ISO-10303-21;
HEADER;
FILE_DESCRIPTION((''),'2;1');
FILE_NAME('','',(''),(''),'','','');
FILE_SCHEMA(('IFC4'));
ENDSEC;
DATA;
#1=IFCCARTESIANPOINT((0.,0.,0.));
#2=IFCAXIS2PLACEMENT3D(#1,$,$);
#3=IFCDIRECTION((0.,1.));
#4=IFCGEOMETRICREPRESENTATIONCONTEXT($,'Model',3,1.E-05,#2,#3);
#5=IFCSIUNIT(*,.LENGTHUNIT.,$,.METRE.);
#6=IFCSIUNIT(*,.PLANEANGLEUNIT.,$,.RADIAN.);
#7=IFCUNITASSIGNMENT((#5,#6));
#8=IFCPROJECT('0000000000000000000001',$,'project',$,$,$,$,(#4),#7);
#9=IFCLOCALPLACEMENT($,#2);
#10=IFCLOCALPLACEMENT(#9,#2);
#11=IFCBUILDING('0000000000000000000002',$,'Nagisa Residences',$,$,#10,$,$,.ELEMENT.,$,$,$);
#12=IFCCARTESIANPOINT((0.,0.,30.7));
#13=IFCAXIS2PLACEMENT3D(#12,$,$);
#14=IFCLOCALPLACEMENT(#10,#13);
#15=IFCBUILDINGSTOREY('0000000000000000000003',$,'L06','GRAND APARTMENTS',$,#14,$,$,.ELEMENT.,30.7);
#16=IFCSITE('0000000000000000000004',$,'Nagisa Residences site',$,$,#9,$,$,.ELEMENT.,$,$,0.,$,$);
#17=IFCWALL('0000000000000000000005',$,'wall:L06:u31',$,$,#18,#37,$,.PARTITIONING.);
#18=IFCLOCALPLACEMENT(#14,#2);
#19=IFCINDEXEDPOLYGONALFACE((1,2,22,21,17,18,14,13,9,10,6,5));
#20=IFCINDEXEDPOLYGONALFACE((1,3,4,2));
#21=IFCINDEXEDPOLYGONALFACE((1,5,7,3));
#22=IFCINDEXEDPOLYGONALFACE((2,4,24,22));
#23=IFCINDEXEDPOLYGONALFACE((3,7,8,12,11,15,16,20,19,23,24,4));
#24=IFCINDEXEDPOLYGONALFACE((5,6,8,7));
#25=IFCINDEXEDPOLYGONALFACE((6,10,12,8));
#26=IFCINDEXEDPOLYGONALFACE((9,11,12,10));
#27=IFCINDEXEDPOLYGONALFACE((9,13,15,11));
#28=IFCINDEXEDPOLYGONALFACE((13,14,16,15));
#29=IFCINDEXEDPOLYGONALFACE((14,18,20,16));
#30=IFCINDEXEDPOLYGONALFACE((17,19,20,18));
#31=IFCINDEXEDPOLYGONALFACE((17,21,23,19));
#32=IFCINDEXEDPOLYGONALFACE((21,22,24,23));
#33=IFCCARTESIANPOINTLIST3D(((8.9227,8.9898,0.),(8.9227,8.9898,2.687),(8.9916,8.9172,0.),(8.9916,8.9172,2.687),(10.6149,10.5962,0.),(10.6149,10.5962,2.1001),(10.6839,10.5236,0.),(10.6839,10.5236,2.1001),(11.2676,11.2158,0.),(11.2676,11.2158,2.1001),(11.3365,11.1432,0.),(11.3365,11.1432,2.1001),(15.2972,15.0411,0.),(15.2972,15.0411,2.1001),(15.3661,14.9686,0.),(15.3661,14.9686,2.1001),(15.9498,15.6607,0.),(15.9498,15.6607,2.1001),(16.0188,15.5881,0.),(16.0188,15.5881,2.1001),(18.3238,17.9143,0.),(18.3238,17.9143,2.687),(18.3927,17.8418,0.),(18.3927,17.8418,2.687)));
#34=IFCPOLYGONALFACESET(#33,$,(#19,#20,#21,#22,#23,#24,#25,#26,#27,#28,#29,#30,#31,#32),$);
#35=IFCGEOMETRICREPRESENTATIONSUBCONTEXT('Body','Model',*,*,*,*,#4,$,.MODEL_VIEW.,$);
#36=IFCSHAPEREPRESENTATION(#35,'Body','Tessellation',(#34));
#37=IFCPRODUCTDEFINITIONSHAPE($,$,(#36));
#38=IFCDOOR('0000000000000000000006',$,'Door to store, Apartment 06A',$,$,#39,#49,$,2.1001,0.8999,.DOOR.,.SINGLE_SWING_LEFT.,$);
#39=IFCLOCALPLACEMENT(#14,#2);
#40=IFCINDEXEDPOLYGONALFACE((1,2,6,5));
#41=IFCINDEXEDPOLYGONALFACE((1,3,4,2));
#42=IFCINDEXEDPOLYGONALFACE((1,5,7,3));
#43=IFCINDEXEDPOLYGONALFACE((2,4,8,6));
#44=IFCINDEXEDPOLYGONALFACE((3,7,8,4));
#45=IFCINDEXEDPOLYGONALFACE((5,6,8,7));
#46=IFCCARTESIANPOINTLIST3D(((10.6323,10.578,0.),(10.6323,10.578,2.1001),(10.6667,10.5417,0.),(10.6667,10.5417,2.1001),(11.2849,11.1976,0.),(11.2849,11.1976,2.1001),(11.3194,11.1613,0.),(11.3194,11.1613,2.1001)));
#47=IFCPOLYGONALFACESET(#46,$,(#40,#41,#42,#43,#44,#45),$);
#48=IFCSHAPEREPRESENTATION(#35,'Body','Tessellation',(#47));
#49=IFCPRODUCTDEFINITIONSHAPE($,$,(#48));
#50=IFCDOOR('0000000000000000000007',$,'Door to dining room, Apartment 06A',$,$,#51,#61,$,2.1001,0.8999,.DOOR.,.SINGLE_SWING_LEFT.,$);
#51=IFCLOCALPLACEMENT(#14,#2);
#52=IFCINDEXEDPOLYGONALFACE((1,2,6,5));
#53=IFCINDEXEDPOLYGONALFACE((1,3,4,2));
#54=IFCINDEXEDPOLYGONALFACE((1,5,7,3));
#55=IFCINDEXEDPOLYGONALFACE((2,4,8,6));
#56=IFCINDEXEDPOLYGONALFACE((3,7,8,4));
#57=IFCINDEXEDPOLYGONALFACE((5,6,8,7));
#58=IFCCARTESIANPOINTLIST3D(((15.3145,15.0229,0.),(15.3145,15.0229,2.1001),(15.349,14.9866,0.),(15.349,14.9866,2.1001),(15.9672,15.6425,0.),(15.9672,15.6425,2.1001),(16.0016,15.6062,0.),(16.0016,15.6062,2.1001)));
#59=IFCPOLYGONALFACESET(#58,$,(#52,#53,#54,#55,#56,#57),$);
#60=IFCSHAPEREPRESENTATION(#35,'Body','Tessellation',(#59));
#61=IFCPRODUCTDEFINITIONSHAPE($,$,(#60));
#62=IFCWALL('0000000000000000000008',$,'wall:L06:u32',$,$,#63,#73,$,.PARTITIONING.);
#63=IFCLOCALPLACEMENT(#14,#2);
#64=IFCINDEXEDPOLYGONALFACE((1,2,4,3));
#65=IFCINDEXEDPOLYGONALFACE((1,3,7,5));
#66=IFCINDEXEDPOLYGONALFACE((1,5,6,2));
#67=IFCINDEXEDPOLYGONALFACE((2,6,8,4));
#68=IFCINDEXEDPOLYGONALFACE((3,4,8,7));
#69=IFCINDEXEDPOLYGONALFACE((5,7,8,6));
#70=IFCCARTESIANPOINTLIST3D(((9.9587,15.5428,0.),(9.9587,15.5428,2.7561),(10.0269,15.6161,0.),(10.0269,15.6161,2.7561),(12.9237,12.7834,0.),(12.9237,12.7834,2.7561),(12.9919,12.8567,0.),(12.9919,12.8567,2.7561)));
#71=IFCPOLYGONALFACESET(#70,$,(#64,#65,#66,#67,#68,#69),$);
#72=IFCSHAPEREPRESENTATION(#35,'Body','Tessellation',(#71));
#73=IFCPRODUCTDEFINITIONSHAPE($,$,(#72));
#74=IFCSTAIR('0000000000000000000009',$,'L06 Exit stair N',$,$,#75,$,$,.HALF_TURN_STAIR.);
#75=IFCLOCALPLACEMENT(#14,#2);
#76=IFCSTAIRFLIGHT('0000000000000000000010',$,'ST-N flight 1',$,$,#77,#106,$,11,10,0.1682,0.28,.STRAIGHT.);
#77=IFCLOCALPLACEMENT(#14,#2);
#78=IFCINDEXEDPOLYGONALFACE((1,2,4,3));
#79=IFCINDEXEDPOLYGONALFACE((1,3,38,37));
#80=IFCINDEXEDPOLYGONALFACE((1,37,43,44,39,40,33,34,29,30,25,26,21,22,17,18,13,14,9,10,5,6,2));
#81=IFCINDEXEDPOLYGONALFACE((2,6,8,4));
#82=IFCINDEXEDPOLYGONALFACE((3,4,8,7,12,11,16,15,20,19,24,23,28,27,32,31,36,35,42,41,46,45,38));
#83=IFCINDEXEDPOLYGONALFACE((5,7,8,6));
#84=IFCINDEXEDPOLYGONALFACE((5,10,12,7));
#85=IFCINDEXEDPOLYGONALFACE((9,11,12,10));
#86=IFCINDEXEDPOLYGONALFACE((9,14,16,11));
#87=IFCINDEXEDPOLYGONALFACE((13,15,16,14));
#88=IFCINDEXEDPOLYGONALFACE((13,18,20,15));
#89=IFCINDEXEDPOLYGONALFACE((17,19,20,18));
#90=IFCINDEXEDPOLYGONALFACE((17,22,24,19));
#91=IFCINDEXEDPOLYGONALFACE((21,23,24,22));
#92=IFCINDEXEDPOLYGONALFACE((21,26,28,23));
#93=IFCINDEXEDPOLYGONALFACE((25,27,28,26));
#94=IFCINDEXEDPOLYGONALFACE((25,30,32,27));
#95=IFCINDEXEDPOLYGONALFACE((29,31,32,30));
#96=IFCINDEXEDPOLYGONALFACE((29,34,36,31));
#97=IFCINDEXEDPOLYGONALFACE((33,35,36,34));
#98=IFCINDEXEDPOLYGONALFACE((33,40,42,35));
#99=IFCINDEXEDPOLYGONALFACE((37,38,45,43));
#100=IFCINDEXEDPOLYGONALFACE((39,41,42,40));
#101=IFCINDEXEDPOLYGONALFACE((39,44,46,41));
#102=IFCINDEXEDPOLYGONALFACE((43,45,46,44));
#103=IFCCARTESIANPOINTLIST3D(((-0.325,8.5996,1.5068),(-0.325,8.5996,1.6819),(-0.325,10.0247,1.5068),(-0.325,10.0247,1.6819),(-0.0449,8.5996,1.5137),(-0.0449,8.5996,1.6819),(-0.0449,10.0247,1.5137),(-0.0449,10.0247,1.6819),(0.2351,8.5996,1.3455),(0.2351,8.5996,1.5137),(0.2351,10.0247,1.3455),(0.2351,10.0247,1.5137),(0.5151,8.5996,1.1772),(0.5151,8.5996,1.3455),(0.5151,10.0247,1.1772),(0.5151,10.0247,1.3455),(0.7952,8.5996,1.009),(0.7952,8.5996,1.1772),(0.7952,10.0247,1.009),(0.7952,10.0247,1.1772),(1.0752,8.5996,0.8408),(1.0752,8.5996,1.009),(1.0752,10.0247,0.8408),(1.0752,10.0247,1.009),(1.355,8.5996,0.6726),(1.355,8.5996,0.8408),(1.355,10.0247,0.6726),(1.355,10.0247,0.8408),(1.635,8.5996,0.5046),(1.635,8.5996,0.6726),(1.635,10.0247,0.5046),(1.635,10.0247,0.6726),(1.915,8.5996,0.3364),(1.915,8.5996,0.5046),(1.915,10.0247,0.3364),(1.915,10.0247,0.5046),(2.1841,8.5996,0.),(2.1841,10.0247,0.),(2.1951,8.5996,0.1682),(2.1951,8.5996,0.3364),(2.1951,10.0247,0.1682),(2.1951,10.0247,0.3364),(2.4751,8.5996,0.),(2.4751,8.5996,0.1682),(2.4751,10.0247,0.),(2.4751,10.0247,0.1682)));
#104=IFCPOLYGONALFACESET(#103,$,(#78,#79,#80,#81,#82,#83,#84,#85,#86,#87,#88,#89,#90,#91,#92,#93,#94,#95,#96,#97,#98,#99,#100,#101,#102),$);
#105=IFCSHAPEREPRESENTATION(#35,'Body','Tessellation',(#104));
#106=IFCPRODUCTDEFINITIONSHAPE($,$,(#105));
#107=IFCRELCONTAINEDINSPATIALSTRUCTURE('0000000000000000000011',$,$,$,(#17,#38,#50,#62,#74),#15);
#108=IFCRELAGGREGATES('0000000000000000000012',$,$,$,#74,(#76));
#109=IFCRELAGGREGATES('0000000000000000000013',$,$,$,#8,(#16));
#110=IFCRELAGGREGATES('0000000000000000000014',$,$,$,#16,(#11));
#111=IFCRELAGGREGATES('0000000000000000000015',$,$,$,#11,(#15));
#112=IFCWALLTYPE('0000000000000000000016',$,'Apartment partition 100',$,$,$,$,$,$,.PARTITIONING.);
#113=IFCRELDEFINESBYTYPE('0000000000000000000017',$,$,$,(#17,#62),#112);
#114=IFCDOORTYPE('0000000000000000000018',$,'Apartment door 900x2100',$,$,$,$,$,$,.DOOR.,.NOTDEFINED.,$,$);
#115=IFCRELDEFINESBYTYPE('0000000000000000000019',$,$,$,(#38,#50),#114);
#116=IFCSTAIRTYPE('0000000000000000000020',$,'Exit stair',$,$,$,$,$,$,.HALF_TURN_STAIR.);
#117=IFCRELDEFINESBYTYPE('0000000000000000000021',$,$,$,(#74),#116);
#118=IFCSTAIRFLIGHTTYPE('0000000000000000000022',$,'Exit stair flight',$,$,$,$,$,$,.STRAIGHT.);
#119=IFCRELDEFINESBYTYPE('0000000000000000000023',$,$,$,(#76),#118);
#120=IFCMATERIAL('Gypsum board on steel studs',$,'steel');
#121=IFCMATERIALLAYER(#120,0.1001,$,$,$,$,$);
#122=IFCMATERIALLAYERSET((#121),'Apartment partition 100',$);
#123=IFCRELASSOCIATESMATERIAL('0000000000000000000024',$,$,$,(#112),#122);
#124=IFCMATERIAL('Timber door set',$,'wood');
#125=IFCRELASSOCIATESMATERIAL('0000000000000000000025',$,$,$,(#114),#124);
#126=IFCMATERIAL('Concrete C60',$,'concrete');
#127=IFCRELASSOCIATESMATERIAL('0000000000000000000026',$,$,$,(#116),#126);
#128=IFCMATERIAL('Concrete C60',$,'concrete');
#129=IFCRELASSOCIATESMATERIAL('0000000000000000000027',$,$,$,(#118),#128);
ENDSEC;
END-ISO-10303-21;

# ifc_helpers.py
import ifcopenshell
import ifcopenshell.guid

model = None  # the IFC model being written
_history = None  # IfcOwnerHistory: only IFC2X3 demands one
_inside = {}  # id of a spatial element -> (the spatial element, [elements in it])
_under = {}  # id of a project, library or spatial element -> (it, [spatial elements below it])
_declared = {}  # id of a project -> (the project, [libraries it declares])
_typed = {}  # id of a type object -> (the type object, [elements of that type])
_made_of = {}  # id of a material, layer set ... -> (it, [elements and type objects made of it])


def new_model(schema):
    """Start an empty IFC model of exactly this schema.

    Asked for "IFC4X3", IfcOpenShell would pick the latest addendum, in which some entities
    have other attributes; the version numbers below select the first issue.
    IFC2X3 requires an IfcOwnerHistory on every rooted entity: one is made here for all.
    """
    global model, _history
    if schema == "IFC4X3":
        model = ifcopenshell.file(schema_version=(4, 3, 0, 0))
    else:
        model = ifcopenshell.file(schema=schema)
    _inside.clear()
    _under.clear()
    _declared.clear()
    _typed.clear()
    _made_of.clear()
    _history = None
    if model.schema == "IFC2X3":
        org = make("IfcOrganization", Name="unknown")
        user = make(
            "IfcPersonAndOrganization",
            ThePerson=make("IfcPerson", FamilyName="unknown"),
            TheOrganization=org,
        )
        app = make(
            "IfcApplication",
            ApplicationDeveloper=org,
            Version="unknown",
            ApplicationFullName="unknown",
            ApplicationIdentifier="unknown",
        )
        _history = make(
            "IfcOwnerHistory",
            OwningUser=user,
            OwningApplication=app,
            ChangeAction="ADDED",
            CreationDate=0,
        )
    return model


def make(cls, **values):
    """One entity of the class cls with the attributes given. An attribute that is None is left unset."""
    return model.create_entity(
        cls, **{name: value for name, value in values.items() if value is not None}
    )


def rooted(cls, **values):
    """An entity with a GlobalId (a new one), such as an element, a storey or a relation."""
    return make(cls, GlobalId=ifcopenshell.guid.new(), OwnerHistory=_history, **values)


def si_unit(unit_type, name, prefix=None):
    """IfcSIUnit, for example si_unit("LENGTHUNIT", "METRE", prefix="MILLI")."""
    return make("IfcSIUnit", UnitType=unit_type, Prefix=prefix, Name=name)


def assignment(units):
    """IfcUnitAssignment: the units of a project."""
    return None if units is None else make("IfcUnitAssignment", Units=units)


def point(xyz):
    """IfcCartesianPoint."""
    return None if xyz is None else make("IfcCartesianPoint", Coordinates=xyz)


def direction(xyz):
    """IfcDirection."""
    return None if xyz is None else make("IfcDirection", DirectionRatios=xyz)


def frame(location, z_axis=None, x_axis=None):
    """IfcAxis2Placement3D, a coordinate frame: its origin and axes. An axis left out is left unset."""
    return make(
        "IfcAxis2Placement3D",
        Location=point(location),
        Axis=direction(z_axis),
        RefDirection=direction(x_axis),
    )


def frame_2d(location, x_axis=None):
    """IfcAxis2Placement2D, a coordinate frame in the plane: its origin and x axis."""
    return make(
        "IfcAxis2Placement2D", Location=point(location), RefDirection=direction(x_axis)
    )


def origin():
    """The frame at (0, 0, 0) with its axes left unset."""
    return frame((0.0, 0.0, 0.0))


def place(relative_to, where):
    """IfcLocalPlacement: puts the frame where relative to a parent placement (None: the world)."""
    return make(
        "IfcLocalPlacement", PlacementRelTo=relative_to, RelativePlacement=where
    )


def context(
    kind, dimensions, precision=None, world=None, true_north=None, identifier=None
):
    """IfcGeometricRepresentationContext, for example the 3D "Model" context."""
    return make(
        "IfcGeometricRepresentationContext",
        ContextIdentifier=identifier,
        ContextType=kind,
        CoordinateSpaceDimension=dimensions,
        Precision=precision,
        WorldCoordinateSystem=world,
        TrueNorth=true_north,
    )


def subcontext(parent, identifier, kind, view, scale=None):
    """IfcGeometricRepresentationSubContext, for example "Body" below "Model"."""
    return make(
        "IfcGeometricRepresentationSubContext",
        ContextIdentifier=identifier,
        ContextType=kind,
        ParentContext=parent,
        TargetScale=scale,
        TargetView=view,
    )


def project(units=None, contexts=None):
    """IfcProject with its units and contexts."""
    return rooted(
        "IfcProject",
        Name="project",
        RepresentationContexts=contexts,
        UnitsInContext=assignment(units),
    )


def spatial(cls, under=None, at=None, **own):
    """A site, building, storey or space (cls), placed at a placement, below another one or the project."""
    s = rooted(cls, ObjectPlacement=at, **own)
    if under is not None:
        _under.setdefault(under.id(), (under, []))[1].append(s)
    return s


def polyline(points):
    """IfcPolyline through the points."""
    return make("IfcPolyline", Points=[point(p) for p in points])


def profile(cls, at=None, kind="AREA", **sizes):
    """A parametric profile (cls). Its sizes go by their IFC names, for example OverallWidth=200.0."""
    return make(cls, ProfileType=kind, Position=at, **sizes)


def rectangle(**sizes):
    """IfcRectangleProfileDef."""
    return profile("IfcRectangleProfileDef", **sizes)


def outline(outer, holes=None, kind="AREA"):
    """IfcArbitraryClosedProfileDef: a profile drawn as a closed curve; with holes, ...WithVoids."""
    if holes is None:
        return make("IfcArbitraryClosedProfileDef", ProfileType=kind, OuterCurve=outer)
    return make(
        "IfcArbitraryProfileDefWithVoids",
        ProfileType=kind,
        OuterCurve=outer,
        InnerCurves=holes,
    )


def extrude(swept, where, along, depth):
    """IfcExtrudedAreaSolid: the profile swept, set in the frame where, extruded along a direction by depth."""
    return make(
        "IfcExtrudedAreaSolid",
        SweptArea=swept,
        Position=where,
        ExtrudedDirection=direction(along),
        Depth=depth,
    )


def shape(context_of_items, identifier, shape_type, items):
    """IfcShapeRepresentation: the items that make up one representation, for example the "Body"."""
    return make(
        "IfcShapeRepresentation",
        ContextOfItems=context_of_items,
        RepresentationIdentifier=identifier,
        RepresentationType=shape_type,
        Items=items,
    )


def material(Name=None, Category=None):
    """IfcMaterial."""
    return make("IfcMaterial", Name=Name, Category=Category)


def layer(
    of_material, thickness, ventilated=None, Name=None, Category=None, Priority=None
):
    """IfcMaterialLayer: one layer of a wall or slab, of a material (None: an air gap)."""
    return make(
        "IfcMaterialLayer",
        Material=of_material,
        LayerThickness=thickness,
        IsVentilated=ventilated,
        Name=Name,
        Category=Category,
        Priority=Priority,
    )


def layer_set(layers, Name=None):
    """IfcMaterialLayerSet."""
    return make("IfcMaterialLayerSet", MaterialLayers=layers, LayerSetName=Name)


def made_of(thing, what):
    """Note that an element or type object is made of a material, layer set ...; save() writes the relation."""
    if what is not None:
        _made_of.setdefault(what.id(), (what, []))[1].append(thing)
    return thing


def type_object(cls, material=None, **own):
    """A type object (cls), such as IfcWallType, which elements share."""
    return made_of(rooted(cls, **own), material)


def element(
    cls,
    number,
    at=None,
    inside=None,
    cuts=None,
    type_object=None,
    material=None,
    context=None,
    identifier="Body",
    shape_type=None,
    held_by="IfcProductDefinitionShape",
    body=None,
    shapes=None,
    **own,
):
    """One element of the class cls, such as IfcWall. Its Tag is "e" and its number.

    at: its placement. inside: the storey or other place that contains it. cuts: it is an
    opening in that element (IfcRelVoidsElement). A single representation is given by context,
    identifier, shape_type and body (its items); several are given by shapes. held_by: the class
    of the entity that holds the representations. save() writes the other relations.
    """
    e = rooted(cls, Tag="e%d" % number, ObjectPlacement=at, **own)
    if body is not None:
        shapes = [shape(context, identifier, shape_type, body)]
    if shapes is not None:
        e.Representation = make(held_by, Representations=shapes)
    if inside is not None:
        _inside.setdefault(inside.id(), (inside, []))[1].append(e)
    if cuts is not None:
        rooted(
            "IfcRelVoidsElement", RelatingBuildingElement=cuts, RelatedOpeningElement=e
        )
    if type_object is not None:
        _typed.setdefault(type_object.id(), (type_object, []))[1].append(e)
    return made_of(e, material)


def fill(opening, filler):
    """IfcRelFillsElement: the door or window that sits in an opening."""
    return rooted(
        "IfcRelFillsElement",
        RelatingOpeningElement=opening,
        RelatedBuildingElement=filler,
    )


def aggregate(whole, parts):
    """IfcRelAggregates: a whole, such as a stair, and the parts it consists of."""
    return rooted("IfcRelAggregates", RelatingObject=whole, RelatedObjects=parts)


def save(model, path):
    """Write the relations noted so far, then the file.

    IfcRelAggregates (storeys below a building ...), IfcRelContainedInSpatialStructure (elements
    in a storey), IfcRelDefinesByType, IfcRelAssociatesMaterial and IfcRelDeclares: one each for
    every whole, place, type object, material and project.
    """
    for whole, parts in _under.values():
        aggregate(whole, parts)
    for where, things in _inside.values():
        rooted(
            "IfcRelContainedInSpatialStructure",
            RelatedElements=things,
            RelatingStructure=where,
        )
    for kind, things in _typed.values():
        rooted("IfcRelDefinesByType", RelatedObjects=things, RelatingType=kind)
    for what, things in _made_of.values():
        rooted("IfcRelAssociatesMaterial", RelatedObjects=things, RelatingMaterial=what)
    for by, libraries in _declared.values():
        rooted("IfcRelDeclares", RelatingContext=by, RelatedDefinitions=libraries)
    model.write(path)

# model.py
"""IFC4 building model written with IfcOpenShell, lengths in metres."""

from ifc_helpers import new_model, si_unit, direction, frame, frame_2d, origin, place, context, subcontext, project, spatial, polyline, rectangle, outline, extrude, material, layer, layer_set, type_object, element, fill, aggregate, save


model = new_model("IFC4")

# Units and contexts
model_context = context("Model", 3, precision=1e-05, world=origin(), true_north=direction((0.0, 1.0)))
body_context = subcontext(model_context, "Body", "Model", "MODEL_VIEW")
ifc_project = project(units=[si_unit("LENGTHUNIT", "METRE"), si_unit("PLANEANGLEUNIT", "RADIAN")], contexts=[model_context])

# Site, building, storey
site_placement = place(None, origin())
site = spatial("IfcSite", under=ifc_project, at=site_placement, Name="Nagisa Residences site", CompositionType="ELEMENT", RefElevation=0.0)
building_placement = place(site_placement, origin())
building = spatial("IfcBuilding", under=site, at=building_placement, Name="Nagisa Residences", CompositionType="ELEMENT")
storey_placement = place(building_placement, frame((0.0, 0.0, 30.7)))
storey = spatial("IfcBuildingStorey", under=building, at=storey_placement, Name="L06", Description="GRAND APARTMENTS", CompositionType="ELEMENT", Elevation=30.7)

# Shared definitions
ifc_material_1 = material(Name="Gypsum board on steel studs", Category="steel")
ifc_layer_1 = layer(ifc_material_1, 0.1001)
ifc_layer_set_1 = layer_set([ifc_layer_1], Name="Apartment partition 100")
wall_type_1 = type_object("IfcWallType", Name="Apartment partition 100", PredefinedType="PARTITIONING", material=ifc_layer_set_1)

# Wall, openings, doors
ifc_material_2 = material(Name="Timber door set", Category="wood")
door_type_1 = type_object("IfcDoorType", Name="Apartment door 900x2100", OperationType="NOTDEFINED", PredefinedType="DOOR", material=ifc_material_2)
wall_1_placement = place(storey_placement, frame((8.957, 8.9534, 0.0), z_axis=(0.0, 0.0, 1.0), x_axis=(0.72525, 0.688486, 0.0)))
wall_1 = element("IfcWall", 1, at=wall_1_placement, inside=storey, type_object=wall_type_1, Name="wall:L06:u31", PredefinedType="PARTITIONING", context=body_context, shape_type="SweptSolid", body=[
    extrude(rectangle(XDim=12.9626, YDim=0.1001, at=frame_2d((6.4814, 0.0))), origin(), (0.0, 0.0, 1.0), 2.687),
])
opening_1_placement = place(wall_1_placement, frame((2.3335, 0.0, 0.0)))
opening_1 = element("IfcOpeningElement", 2, at=opening_1_placement, cuts=wall_1, PredefinedType="OPENING", context=body_context, shape_type="SweptSolid", body=[
    extrude(rectangle(XDim=0.8999, YDim=2.1001, at=frame_2d((0.45, 1.05))), frame((0.0, 0.0601, 0.0), z_axis=(0.0, -1.0, 0.0), x_axis=(1.0, 0.0, 0.0)), (0.0, 0.0, 1.0), 0.1201),
])
opening_2_placement = place(wall_1_placement, frame((8.7896, 0.0, 0.0)))
opening_2 = element("IfcOpeningElement", 3, at=opening_2_placement, cuts=wall_1, PredefinedType="OPENING", context=body_context, shape_type="SweptSolid", body=[
    extrude(rectangle(XDim=0.8999, YDim=2.1001, at=frame_2d((0.45, 1.05))), frame((0.0, 0.0601, 0.0), z_axis=(0.0, -1.0, 0.0), x_axis=(1.0, 0.0, 0.0)), (0.0, 0.0, 1.0), 0.1201),
])
door_1_placement = place(opening_1_placement, origin())
door_1 = element("IfcDoor", 4, at=door_1_placement, inside=storey, type_object=door_type_1, Name="Door to store, Apartment 06A", OperationType="SINGLE_SWING_LEFT", OverallHeight=2.1001, OverallWidth=0.8999, PredefinedType="DOOR", context=body_context, shape_type="SweptSolid", body=[
    extrude(rectangle(XDim=0.8999, YDim=2.1001, at=frame_2d((0.45, 1.05))), frame((0.0, 0.0249, 0.0), z_axis=(0.0, -1.0, 0.0), x_axis=(1.0, 0.0, 0.0)), (0.0, 0.0, 1.0), 0.05),
])
fill(opening_1, door_1)
door_2_placement = place(opening_2_placement, origin())
door_2 = element("IfcDoor", 5, at=door_2_placement, inside=storey, type_object=door_type_1, Name="Door to dining room, Apartment 06A", OperationType="SINGLE_SWING_LEFT", OverallHeight=2.1001, OverallWidth=0.8999, PredefinedType="DOOR", context=body_context, shape_type="SweptSolid", body=[
    extrude(rectangle(XDim=0.8999, YDim=2.1001, at=frame_2d((0.45, 1.05))), frame((0.0, 0.0249, 0.0), z_axis=(0.0, -1.0, 0.0), x_axis=(1.0, 0.0, 0.0)), (0.0, 0.0, 1.0), 0.05),
])
fill(opening_2, door_2)

# Wall
wall_2_placement = place(storey_placement, frame((12.9578, 12.8201, 0.0), z_axis=(0.0, 0.0, 1.0), x_axis=(-0.732029, 0.681274, 0.0)))
element("IfcWall", 6, at=wall_2_placement, inside=storey, type_object=wall_type_1, Name="wall:L06:u32", PredefinedType="PARTITIONING", context=body_context, shape_type="SweptSolid", body=[
    extrude(rectangle(XDim=4.0503, YDim=0.1001, at=frame_2d((2.0251, 0.0))), origin(), (0.0, 0.0, 1.0), 2.7561),
])

# Stair, stair flight
ifc_material_3 = material(Name="Concrete C60", Category="concrete")
stair_type = type_object("IfcStairType", Name="Exit stair", PredefinedType="HALF_TURN_STAIR", material=ifc_material_3)
stair_placement = place(storey_placement, origin())
stair = element("IfcStair", 7, at=stair_placement, inside=storey, type_object=stair_type, Name="L06 Exit stair N", PredefinedType="HALF_TURN_STAIR")
ifc_material_4 = material(Name="Concrete C60", Category="concrete")
stair_flight_type = type_object("IfcStairFlightType", Name="Exit stair flight", PredefinedType="STRAIGHT", material=ifc_material_4)
stair_flight_placement = place(storey_placement, frame((2.4751, 9.312, 0.0), z_axis=(0.0, 0.0, 1.0), x_axis=(-1.0, 0.0, 0.0)))
stair_flight = element("IfcStairFlight", 8, at=stair_flight_placement, type_object=stair_flight_type, Name="ST-N flight 1", NumberOfRisers=11, NumberOfTreads=10, PredefinedType="STRAIGHT", RiserHeight=0.1682, TreadLength=0.28, context=body_context, shape_type="SweptSolid", body=[
    extrude(outline(polyline([(0.0, 0.0), (0.0, 0.1682), (0.28, 0.1682), (0.28, 0.3364), (0.5601, 0.3364), (0.5601, 0.5046), (0.8401, 0.5046), (0.8401, 0.6726), (1.1201, 0.6726), (1.1201, 0.8408), (1.3999, 0.8408), (1.3999, 1.009), (1.6799, 1.009), (1.6799, 1.1772), (1.96, 1.1772), (1.96, 1.3455), (2.24, 1.3455), (2.24, 1.5137), (2.52, 1.5137), (2.52, 1.6819), (2.8, 1.6819), (2.8, 1.8501), (2.8, 1.5068), (0.291, 0.0), (0.0, 0.0)])), frame((0.0, 0.7124, 0.0), z_axis=(0.0, -1.0, 0.0), x_axis=(1.0, 0.0, 0.0)), (0.0, 0.0, 1.0), 1.425),
])
aggregate(stair, [stair_flight])

save(model, "model.ifc")
